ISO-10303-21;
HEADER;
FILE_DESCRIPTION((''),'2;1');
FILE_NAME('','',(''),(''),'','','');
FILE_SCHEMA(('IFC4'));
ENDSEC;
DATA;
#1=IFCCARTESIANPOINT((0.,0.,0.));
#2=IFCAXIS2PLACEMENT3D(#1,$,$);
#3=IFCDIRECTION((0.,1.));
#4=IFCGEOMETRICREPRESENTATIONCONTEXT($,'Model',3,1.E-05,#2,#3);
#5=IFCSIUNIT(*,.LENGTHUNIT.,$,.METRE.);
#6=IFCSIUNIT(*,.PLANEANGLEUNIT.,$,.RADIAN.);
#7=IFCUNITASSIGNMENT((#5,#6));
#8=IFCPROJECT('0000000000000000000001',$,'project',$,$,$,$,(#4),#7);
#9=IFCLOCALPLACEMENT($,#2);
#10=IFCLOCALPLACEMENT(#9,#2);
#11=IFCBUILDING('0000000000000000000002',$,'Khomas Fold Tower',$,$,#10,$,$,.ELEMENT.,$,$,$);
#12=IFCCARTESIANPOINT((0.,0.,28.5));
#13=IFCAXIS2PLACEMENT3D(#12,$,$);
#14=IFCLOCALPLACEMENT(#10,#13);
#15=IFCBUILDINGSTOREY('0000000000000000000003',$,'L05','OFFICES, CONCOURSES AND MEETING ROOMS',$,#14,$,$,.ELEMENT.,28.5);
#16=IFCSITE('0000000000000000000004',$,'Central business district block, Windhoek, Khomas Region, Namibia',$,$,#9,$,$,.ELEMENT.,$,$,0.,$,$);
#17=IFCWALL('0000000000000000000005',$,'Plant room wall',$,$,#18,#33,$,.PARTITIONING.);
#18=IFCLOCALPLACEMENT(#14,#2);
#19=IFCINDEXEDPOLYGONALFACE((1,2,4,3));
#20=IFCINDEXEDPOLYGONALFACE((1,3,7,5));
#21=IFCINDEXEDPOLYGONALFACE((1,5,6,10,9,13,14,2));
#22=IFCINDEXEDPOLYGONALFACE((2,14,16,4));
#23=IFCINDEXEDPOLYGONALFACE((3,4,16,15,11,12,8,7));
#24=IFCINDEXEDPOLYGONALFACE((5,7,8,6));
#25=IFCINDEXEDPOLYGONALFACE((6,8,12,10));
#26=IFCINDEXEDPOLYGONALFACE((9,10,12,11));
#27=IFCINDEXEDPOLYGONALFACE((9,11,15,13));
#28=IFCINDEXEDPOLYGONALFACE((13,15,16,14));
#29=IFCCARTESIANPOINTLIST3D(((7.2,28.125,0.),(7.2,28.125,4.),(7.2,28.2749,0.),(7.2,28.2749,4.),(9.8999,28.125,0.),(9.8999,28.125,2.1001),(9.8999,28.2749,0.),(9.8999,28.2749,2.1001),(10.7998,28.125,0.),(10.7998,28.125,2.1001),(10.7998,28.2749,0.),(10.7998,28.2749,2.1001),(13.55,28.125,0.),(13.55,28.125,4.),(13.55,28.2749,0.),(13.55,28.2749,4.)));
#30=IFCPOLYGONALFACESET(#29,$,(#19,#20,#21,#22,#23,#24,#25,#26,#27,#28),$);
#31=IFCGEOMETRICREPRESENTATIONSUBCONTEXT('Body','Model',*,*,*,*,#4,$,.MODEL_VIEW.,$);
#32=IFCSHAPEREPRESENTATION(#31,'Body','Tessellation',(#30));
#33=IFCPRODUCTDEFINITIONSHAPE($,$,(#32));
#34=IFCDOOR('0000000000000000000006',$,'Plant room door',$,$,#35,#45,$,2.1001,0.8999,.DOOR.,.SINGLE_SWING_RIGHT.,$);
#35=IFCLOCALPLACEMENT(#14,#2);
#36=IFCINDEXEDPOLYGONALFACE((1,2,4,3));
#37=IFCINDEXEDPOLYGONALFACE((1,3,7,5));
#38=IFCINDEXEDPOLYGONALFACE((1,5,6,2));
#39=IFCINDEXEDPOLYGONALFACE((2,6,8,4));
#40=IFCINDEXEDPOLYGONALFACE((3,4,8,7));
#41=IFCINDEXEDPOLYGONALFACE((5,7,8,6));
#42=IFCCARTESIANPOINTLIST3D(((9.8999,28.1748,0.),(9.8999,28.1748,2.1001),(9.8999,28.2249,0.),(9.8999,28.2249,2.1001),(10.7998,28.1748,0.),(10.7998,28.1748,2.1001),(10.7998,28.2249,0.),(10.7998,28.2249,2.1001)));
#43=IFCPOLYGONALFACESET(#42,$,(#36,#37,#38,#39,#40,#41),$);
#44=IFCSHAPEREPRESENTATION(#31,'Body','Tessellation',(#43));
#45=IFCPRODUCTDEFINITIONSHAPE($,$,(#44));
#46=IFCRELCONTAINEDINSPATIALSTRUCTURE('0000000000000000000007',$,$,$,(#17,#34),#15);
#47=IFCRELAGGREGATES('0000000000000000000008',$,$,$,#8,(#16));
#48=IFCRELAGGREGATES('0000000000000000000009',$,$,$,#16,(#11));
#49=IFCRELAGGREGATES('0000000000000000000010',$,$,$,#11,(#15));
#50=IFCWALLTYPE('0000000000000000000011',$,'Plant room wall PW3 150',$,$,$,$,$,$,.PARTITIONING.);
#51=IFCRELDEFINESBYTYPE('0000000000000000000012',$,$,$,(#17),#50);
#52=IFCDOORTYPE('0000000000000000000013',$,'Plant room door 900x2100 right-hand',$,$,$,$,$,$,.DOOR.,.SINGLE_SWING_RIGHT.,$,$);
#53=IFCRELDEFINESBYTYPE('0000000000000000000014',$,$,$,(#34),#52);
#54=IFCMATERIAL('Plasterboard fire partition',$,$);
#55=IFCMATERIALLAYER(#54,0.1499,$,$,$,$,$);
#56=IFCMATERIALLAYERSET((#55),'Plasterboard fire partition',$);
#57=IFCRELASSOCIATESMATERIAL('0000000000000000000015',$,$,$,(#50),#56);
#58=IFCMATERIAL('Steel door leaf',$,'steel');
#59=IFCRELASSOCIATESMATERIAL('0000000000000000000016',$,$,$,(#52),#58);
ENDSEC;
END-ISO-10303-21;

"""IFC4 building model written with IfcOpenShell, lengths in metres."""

from ifc_helpers import new_model, si_unit, direction, frame, frame_2d, origin, place, context, subcontext, project, spatial, rectangle, extrude, source, transform, mapped, material, layer, layer_set, type_object, element, fill, save


model = new_model("IFC4")

# Units and contexts
model_context = context("Model", 3, precision=1e-05, world=origin(), true_north=direction((0.0, 1.0)))
body_context = subcontext(model_context, "Body", "Model", "MODEL_VIEW")
ifc_project = project(units=[si_unit("LENGTHUNIT", "METRE"), si_unit("PLANEANGLEUNIT", "RADIAN")], contexts=[model_context])

# Site, building, storey
site_placement = place(None, origin())
site = spatial("IfcSite", under=ifc_project, at=site_placement, Name="Central business district block, Windhoek, Khomas Region, Namibia", CompositionType="ELEMENT", RefElevation=0.0)
building_placement = place(site_placement, origin())
building = spatial("IfcBuilding", under=site, at=building_placement, Name="Khomas Fold Tower", CompositionType="ELEMENT")
storey_placement = place(building_placement, frame((0.0, 0.0, 28.5)))
storey = spatial("IfcBuildingStorey", under=building, at=storey_placement, Name="L05", Description="OFFICES, CONCOURSES AND MEETING ROOMS", CompositionType="ELEMENT", Elevation=28.5)

# Shared definitions
shared_shape_1 = source(origin(), body_context, "Body", "SweptSolid", [
    extrude(rectangle(XDim=0.8999, YDim=2.1001, at=frame_2d((0.45, 1.05))), frame((0.0, 0.0249, 0.0), z_axis=(0.0, -1.0, 0.0), x_axis=(1.0, 0.0, 0.0)), (0.0, 0.0, 1.0), 0.05),
])

# Wall, opening, door
ifc_material_1 = material(Name="Plasterboard fire partition")
ifc_layer_1 = layer(ifc_material_1, 0.1499)
ifc_layer_set_1 = layer_set([ifc_layer_1], Name="Plasterboard fire partition")
wall_type_1 = type_object("IfcWallType", Name="Plant room wall PW3 150", PredefinedType="PARTITIONING", material=ifc_layer_set_1)
shared_shape_2 = source(origin(), body_context, "Body", "SweptSolid", [
    extrude(rectangle(XDim=6.3501, YDim=0.1499, at=frame_2d((3.175, 0.0))), origin(), (0.0, 0.0, 1.0), 4.0),
])
wall_1_placement = place(storey_placement, frame((7.2, 28.2, 0.0), z_axis=(0.0, 0.0, 1.0), x_axis=(1.0, 0.0, 0.0)))
wall_1 = element("IfcWall", 1, at=wall_1_placement, inside=storey, type_object=wall_type_1, Name="Plant room wall", PredefinedType="PARTITIONING", context=body_context, shape_type="MappedRepresentation", body=[
    mapped(shared_shape_2, transform((0.0, 0.0, 0.0))),
])
shared_shape_3 = source(origin(), body_context, "Body", "SweptSolid", [
    extrude(rectangle(XDim=0.8999, YDim=2.1001, at=frame_2d((0.45, 1.05))), frame((0.0, 0.085, 0.0), z_axis=(0.0, -1.0, 0.0), x_axis=(1.0, 0.0, 0.0)), (0.0, 0.0, 1.0), 0.1699),
])
opening_1_placement = place(wall_1_placement, frame((2.7, 0.0, 0.0)))
opening_1 = element("IfcOpeningElement", 2, at=opening_1_placement, cuts=wall_1, PredefinedType="OPENING", context=body_context, shape_type="MappedRepresentation", body=[
    mapped(shared_shape_3, transform((0.0, 0.0, 0.0))),
])
ifc_material_2 = material(Name="Steel door leaf", Category="steel")
door_type_1 = type_object("IfcDoorType", Name="Plant room door 900x2100 right-hand", OperationType="SINGLE_SWING_RIGHT", PredefinedType="DOOR", material=ifc_material_2)
door_1_placement = place(opening_1_placement, origin())
door_1 = element("IfcDoor", 3, at=door_1_placement, inside=storey, type_object=door_type_1, Name="Plant room door", OperationType="SINGLE_SWING_RIGHT", OverallHeight=2.1001, OverallWidth=0.8999, PredefinedType="DOOR", context=body_context, shape_type="MappedRepresentation", body=[
    mapped(shared_shape_1, transform((0.0, 0.0, 0.0))),
])
fill(opening_1, door_1)

save(model, "model.ifc")
